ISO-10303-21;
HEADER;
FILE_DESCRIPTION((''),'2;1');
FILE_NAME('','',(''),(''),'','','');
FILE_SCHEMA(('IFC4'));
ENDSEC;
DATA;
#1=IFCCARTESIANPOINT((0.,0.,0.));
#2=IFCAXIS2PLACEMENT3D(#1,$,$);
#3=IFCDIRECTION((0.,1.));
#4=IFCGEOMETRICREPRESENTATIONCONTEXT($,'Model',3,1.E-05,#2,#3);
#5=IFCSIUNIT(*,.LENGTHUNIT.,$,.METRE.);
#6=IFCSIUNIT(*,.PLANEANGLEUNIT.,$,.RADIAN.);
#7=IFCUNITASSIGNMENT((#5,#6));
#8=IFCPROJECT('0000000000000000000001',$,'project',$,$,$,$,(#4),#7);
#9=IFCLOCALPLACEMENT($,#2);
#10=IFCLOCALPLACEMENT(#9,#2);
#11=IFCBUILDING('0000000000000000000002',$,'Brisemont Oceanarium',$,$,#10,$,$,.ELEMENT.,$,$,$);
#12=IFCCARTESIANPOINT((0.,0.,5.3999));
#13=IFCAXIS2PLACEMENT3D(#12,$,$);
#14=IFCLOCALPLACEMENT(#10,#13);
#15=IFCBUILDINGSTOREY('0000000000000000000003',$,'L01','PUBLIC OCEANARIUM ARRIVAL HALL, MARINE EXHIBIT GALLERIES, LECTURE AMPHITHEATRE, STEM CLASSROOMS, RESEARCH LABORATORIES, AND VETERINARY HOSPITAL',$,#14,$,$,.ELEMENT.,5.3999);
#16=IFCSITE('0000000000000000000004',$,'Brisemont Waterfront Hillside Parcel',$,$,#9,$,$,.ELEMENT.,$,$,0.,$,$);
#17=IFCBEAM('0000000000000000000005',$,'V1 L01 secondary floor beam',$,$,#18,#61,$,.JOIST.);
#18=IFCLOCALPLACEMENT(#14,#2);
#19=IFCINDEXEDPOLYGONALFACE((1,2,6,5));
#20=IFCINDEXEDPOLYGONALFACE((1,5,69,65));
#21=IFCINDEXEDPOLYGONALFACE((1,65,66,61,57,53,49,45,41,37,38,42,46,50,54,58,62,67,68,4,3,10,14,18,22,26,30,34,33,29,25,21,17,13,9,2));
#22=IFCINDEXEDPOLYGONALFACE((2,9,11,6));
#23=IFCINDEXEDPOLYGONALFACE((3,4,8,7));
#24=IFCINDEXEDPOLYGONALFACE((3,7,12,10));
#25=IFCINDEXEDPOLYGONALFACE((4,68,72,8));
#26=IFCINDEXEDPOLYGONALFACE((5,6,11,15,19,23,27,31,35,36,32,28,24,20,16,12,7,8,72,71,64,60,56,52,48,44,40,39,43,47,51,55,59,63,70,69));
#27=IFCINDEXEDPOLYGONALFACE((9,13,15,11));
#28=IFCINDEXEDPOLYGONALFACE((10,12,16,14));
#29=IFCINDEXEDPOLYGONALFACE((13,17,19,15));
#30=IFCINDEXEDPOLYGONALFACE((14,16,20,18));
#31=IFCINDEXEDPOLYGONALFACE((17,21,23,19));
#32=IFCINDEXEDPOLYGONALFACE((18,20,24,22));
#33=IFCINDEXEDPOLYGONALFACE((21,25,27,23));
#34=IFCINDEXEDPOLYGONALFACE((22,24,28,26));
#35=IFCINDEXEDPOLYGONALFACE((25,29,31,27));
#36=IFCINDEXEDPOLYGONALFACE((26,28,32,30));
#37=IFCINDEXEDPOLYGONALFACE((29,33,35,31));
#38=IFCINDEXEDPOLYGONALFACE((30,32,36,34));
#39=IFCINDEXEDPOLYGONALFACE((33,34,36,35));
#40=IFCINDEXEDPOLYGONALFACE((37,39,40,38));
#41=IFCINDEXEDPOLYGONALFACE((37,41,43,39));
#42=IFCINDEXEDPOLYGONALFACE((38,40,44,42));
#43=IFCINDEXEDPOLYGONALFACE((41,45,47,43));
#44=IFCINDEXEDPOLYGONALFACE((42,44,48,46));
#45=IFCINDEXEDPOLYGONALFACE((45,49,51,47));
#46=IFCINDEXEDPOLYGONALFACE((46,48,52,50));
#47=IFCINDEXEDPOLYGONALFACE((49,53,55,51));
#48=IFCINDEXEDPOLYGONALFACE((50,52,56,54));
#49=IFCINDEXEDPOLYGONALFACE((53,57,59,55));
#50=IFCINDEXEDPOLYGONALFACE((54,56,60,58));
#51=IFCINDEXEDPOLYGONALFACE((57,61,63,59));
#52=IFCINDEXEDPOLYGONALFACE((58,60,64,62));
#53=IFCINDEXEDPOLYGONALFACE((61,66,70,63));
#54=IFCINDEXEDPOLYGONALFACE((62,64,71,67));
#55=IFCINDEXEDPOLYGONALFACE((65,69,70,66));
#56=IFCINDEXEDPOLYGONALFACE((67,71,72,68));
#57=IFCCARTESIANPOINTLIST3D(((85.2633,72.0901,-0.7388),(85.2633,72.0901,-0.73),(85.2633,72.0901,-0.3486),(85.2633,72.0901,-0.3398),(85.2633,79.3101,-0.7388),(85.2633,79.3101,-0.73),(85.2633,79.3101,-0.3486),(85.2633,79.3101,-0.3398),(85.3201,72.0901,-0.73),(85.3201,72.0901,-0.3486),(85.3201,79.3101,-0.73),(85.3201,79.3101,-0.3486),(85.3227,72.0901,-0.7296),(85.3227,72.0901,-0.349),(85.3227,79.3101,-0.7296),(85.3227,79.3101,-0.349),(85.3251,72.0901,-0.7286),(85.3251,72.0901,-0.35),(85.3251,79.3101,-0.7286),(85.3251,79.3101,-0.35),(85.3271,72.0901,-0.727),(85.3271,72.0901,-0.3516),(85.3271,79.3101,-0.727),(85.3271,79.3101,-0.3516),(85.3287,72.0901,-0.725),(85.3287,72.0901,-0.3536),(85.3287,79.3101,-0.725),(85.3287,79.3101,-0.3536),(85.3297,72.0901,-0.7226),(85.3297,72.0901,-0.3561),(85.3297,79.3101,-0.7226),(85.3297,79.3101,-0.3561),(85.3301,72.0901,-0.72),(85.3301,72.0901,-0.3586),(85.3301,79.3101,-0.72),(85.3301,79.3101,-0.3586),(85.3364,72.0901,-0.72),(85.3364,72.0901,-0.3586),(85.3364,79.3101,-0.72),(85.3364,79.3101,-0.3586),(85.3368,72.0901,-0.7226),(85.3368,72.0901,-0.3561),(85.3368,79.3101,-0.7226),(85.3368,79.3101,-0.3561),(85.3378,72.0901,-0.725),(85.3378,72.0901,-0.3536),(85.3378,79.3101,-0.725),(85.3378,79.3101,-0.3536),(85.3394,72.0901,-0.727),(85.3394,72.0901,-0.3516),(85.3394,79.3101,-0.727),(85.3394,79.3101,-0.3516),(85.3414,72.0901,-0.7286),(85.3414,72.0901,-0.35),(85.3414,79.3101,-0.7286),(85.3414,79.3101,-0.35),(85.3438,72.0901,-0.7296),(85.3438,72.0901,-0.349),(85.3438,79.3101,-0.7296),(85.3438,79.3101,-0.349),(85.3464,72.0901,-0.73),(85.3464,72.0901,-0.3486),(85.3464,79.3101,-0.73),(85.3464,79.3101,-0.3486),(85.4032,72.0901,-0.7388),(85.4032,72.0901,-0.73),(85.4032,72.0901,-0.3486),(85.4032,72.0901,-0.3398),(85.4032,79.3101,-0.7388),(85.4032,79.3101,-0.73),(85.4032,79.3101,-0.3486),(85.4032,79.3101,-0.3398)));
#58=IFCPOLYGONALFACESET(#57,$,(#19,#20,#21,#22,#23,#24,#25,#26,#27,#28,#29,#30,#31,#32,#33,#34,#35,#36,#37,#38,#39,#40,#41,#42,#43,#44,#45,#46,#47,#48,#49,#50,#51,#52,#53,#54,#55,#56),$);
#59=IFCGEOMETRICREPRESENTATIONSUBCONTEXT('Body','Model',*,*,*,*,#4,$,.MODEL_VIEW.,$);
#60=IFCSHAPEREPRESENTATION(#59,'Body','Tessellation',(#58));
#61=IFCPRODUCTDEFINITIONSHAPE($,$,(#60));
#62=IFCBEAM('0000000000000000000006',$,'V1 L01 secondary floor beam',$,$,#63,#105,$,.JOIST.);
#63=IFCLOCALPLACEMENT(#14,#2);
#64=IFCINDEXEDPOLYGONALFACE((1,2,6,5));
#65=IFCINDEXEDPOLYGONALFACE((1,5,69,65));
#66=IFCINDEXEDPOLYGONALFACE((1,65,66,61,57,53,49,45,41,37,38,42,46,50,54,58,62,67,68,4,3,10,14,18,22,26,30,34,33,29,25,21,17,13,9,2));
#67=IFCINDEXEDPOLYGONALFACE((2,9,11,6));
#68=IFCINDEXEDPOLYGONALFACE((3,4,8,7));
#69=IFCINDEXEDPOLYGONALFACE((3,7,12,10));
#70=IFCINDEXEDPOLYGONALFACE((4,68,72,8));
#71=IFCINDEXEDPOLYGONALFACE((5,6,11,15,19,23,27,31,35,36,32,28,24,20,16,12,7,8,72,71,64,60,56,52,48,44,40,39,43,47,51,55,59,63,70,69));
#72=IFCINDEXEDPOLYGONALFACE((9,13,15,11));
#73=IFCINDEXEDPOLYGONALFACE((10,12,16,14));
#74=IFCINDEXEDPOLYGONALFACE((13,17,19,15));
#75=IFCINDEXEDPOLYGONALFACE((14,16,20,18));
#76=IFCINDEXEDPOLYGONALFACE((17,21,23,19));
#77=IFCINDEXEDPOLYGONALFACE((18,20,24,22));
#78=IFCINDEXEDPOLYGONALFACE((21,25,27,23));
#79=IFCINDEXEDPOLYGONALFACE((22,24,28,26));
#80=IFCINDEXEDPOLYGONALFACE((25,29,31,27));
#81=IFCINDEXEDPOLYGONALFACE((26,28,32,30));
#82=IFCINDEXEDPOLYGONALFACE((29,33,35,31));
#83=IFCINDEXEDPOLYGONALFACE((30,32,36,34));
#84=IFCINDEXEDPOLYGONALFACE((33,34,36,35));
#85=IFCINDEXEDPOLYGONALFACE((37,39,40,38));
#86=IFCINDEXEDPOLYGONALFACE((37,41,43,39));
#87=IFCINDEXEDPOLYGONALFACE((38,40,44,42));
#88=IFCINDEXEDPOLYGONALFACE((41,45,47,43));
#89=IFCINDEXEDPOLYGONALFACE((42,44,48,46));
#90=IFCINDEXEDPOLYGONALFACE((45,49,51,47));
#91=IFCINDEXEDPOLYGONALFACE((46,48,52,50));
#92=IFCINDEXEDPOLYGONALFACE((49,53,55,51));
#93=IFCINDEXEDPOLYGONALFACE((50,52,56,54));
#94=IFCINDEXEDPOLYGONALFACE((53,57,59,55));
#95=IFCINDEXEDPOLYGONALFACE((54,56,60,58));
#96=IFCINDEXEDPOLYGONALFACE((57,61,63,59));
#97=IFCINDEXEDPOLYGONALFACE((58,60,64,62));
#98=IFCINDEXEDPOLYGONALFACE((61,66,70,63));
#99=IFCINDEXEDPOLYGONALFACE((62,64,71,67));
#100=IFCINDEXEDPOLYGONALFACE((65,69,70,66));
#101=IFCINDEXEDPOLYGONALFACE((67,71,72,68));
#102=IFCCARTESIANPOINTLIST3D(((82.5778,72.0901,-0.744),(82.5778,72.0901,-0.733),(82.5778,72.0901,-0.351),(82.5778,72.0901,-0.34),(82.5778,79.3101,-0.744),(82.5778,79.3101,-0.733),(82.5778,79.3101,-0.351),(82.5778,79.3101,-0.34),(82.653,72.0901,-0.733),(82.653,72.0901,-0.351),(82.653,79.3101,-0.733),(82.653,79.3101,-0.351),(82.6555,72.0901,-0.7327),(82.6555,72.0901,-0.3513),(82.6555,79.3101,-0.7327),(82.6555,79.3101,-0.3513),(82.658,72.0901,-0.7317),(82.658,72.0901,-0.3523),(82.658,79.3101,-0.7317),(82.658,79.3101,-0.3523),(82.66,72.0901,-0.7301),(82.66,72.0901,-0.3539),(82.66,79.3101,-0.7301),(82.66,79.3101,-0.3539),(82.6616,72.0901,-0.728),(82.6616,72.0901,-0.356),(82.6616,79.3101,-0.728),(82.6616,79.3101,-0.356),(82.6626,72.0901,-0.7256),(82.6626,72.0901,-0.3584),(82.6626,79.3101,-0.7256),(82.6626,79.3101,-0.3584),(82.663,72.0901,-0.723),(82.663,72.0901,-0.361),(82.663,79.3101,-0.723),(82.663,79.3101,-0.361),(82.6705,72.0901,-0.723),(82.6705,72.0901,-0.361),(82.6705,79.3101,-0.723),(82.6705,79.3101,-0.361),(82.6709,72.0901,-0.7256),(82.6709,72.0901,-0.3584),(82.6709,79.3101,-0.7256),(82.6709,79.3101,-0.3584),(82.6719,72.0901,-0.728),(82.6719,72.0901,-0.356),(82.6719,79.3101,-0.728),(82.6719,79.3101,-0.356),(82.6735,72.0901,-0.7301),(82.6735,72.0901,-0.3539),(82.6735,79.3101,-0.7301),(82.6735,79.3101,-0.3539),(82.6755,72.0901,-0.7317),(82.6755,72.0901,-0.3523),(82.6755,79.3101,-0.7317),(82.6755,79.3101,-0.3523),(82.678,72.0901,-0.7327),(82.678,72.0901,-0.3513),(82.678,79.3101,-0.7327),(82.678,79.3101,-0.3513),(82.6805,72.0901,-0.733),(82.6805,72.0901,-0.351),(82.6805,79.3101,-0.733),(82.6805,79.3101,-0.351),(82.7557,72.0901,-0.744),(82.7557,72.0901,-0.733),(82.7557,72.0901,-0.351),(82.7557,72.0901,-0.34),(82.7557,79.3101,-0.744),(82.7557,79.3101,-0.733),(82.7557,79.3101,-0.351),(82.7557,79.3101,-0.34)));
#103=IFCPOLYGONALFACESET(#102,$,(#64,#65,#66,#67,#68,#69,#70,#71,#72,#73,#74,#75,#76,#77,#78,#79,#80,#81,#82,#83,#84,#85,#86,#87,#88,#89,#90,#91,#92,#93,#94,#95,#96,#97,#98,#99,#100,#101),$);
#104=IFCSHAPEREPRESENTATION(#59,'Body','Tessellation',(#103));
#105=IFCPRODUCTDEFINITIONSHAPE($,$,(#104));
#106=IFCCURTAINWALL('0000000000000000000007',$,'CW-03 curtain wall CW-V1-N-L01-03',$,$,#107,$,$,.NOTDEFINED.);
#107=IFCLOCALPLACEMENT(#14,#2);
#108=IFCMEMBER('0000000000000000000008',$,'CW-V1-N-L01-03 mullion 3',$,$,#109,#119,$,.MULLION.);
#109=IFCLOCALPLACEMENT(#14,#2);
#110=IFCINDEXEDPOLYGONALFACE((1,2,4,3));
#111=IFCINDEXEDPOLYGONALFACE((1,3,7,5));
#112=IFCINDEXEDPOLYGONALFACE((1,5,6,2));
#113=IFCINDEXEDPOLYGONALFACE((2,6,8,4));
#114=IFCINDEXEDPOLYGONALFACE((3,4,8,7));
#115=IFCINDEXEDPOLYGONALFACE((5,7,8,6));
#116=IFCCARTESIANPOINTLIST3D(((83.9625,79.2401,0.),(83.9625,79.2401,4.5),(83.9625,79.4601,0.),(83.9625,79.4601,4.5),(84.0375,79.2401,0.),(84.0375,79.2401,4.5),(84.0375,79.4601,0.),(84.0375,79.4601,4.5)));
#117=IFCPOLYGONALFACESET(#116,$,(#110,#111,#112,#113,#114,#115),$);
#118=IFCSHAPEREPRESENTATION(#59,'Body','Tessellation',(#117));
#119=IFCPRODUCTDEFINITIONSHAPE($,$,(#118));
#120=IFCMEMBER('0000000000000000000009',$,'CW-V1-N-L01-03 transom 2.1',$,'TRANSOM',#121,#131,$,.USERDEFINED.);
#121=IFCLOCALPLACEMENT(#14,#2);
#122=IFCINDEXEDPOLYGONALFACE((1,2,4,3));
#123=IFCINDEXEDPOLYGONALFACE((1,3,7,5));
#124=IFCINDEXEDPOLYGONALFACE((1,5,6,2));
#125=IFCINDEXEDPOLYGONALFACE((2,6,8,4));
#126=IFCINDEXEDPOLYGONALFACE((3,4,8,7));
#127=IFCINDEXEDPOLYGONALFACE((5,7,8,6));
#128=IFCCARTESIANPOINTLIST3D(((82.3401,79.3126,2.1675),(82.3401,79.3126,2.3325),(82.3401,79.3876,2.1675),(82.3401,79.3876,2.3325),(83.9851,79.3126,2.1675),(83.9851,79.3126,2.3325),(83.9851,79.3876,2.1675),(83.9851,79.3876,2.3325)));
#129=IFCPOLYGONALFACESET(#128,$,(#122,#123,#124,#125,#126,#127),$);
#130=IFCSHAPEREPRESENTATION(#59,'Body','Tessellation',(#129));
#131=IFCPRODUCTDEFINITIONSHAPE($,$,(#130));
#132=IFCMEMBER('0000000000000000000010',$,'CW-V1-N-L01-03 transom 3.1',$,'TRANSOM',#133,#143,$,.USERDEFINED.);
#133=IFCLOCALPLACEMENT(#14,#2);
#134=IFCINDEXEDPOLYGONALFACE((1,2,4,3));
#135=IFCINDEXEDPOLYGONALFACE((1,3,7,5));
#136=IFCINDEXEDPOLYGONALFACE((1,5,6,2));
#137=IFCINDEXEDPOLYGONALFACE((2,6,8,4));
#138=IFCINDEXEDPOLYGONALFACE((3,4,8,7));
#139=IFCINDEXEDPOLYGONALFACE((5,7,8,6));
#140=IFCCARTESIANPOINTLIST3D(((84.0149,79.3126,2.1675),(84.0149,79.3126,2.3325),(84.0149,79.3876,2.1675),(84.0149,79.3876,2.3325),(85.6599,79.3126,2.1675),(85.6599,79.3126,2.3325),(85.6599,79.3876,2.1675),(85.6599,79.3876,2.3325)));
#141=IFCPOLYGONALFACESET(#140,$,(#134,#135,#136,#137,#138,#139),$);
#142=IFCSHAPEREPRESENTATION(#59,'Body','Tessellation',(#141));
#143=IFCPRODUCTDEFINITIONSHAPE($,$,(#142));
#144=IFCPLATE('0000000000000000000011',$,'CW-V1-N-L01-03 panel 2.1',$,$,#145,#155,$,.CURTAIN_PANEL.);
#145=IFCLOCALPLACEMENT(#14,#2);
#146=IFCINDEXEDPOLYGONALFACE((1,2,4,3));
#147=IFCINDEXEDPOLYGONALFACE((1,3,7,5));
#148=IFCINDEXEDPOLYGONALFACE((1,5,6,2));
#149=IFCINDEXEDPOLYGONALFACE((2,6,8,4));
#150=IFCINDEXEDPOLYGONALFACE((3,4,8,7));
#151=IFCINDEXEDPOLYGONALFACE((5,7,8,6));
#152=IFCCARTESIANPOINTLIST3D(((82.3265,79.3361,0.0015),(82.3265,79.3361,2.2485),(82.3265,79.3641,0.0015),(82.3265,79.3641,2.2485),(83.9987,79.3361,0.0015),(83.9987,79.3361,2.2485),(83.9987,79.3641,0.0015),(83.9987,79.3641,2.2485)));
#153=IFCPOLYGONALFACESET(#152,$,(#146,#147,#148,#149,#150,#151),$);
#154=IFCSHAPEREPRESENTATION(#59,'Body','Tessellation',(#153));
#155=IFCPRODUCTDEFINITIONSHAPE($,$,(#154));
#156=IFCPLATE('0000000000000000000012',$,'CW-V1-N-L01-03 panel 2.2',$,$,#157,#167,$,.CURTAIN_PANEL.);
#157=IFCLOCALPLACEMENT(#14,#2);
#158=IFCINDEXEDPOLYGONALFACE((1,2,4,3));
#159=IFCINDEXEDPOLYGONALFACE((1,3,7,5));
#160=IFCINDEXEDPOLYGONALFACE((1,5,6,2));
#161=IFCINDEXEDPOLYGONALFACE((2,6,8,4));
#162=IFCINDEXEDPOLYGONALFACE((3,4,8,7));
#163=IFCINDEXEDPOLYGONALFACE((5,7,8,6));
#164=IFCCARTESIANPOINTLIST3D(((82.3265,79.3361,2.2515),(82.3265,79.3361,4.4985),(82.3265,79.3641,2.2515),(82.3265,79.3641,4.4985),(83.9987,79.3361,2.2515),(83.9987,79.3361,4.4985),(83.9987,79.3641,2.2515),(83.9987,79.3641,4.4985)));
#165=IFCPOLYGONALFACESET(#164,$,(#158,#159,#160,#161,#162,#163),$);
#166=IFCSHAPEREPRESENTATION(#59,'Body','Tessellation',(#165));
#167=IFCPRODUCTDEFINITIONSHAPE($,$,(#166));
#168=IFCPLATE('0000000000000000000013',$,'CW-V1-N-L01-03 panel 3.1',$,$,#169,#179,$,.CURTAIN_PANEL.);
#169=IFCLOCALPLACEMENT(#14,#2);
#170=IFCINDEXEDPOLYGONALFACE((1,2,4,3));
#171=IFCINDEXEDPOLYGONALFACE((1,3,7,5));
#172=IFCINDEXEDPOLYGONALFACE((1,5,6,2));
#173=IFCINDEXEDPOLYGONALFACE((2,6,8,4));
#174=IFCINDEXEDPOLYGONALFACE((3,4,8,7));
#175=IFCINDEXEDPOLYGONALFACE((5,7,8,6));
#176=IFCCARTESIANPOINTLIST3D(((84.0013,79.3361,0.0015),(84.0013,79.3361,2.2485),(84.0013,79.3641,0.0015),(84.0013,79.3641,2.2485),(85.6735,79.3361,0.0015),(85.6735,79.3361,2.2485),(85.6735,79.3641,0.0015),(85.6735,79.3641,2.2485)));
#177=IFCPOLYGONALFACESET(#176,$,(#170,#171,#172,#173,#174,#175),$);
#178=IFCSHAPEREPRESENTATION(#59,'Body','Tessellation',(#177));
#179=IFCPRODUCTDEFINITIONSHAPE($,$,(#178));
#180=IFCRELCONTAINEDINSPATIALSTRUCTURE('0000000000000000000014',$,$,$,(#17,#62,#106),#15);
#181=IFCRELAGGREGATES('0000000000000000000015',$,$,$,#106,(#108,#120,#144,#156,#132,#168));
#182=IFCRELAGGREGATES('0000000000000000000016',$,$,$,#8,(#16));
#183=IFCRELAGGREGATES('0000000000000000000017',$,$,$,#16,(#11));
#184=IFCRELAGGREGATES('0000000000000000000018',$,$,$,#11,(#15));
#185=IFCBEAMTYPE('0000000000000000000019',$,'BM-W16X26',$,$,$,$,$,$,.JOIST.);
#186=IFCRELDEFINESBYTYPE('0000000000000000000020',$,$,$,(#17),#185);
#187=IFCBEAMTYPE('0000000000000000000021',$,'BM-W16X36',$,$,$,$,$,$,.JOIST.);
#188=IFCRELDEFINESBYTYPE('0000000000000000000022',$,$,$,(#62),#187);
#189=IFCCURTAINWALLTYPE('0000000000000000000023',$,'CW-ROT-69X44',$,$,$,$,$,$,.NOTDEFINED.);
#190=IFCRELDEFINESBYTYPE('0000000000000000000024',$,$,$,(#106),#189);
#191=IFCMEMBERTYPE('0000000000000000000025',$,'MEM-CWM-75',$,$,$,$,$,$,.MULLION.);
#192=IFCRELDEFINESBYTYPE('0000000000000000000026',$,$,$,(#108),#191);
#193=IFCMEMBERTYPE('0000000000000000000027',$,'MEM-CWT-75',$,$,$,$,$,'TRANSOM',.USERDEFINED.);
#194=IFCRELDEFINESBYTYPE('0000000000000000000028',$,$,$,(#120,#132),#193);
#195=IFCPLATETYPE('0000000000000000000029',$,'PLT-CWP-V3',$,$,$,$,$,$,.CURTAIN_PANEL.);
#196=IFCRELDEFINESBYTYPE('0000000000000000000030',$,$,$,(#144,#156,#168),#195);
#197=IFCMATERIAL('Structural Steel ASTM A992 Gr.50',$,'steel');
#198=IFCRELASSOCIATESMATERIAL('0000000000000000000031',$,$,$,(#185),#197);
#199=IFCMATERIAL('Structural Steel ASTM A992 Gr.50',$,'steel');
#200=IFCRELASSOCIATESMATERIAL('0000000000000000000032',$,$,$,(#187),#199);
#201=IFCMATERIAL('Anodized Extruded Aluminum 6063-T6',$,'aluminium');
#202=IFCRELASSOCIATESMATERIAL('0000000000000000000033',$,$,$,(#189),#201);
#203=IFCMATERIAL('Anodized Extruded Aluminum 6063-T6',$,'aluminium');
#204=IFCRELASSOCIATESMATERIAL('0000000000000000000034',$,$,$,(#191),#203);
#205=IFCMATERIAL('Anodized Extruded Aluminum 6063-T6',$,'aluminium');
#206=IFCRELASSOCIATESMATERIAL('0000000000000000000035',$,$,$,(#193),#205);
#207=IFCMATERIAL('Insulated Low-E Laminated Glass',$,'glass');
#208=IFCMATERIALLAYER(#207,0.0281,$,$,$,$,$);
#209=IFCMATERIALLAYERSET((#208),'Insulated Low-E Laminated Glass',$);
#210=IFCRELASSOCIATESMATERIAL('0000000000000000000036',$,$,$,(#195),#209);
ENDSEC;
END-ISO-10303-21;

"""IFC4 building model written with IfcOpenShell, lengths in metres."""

from ifc_helpers import new_model, si_unit, direction, frame, origin, origin_2d, place, context, subcontext, project, spatial, rectangle, i_section, extrude, material, layer, layer_set, material_profile, profile_set, type_object, element, aggregate, save


model = new_model("IFC4")

# Units and contexts
model_context = context("Model", 3, precision=1e-05, world=origin(), true_north=direction((0.0, 1.0)))
body_context = subcontext(model_context, "Body", "Model", "MODEL_VIEW")
ifc_project = project(units=[si_unit("LENGTHUNIT", "METRE"), si_unit("PLANEANGLEUNIT", "RADIAN")], contexts=[model_context])

# Site, building, storey
site_placement = place(None, origin())
site = spatial("IfcSite", under=ifc_project, at=site_placement, Name="Brisemont Waterfront Hillside Parcel", CompositionType="ELEMENT", RefElevation=0.0)
building_placement = place(site_placement, origin())
building = spatial("IfcBuilding", under=site, at=building_placement, Name="Brisemont Oceanarium", CompositionType="ELEMENT")
storey_placement = place(building_placement, frame((0.0, 0.0, 5.3999)))
storey = spatial("IfcBuildingStorey", under=building, at=storey_placement, Name="L01", Description="PUBLIC OCEANARIUM ARRIVAL HALL, MARINE EXHIBIT GALLERIES, LECTURE AMPHITHEATRE, STEM CLASSROOMS, RESEARCH LABORATORIES, AND VETERINARY HOSPITAL", CompositionType="ELEMENT", Elevation=5.3999)

# Beams
ifc_material_1 = material(Name="Structural Steel ASTM A992 Gr.50", Category="steel")
ifc_material_profile_1 = material_profile(ifc_material_1, i_section(OverallWidth=0.1399, OverallDepth=0.3989, WebThickness=0.0063, FlangeThickness=0.0088, FilletRadius=0.01, at=origin_2d()), Name="W16X26")
ifc_profile_set_1 = profile_set([ifc_material_profile_1], Name="Structural Steel ASTM A992 Gr.50")
beam_type_1 = type_object("IfcBeamType", Name="BM-W16X26", PredefinedType="JOIST", material=ifc_profile_set_1)
beam_1_placement = place(storey_placement, frame((85.3333, 72.0901, -0.5393), z_axis=(0.0, 1.0, 0.0), x_axis=(-1.0, 0.0, 0.0)))
element("IfcBeam", 1, at=beam_1_placement, inside=storey, type_object=beam_type_1, Name="V1 L01 secondary floor beam", PredefinedType="JOIST", context=body_context, shape_type="SweptSolid", body=[
    extrude(i_section(OverallWidth=0.1399, OverallDepth=0.3989, WebThickness=0.0063, FlangeThickness=0.0088, FilletRadius=0.01, at=origin_2d()), origin(), (0.0, 0.0, 1.0), 7.22),
])
ifc_material_2 = material(Name="Structural Steel ASTM A992 Gr.50", Category="steel")
ifc_material_profile_2 = material_profile(ifc_material_2, i_section(OverallWidth=0.178, OverallDepth=0.4041, WebThickness=0.0076, FlangeThickness=0.011, FilletRadius=0.01, at=origin_2d()), Name="W16X36")
ifc_profile_set_2 = profile_set([ifc_material_profile_2], Name="Structural Steel ASTM A992 Gr.50")
beam_type_2 = type_object("IfcBeamType", Name="BM-W16X36", PredefinedType="JOIST", material=ifc_profile_set_2)
beam_2_placement = place(storey_placement, frame((82.6667, 72.0901, -0.542), z_axis=(0.0, 1.0, 0.0), x_axis=(-1.0, 0.0, 0.0)))
element("IfcBeam", 2, at=beam_2_placement, inside=storey, type_object=beam_type_2, Name="V1 L01 secondary floor beam", PredefinedType="JOIST", context=body_context, shape_type="SweptSolid", body=[
    extrude(i_section(OverallWidth=0.178, OverallDepth=0.4041, WebThickness=0.0076, FlangeThickness=0.011, FilletRadius=0.01, at=origin_2d()), origin(), (0.0, 0.0, 1.0), 7.22),
])

# Curtain wall, members, plates
ifc_material_3 = material(Name="Anodized Extruded Aluminum 6063-T6", Category="aluminium")
curtain_wall_type = type_object("IfcCurtainWallType", Name="CW-ROT-69X44", PredefinedType="NOTDEFINED", material=ifc_material_3)
curtain_wall_placement = place(storey_placement, origin())
curtain_wall = element("IfcCurtainWall", 3, at=curtain_wall_placement, inside=storey, type_object=curtain_wall_type, Name="CW-03 curtain wall CW-V1-N-L01-03", PredefinedType="NOTDEFINED")
ifc_material_4 = material(Name="Anodized Extruded Aluminum 6063-T6", Category="aluminium")
ifc_material_profile_3 = material_profile(ifc_material_4, rectangle(XDim=0.075, YDim=0.22, at=origin_2d()), Name="CWM-75X220")
ifc_profile_set_3 = profile_set([ifc_material_profile_3], Name="Anodized Extruded Aluminum 6063-T6")
member_type_1 = type_object("IfcMemberType", Name="MEM-CWM-75", PredefinedType="MULLION", material=ifc_profile_set_3)
member_1_placement = place(storey_placement, frame((84.0, 79.3501, 0.0), z_axis=(0.0, 0.0, 1.0), x_axis=(1.0, 0.0, 0.0)))
member_1 = element("IfcMember", 4, at=member_1_placement, type_object=member_type_1, Name="CW-V1-N-L01-03 mullion 3", PredefinedType="MULLION", context=body_context, shape_type="SweptSolid", body=[
    extrude(rectangle(XDim=0.075, YDim=0.22, at=origin_2d()), origin(), (0.0, 0.0, 1.0), 4.5),
])
ifc_material_5 = material(Name="Anodized Extruded Aluminum 6063-T6", Category="aluminium")
ifc_material_profile_4 = material_profile(ifc_material_5, rectangle(XDim=0.075, YDim=0.165, at=origin_2d()), Name="CWT-75X165")
ifc_profile_set_4 = profile_set([ifc_material_profile_4], Name="Anodized Extruded Aluminum 6063-T6")
member_type_2 = type_object("IfcMemberType", Name="MEM-CWT-75", ElementType="TRANSOM", PredefinedType="USERDEFINED", material=ifc_profile_set_4)
member_2_placement = place(storey_placement, frame((82.3401, 79.3501, 2.25), z_axis=(1.0, 0.0, 0.0), x_axis=(0.0, 1.0, 0.0)))
member_2 = element("IfcMember", 5, at=member_2_placement, type_object=member_type_2, Name="CW-V1-N-L01-03 transom 2.1", ObjectType="TRANSOM", PredefinedType="USERDEFINED", context=body_context, shape_type="SweptSolid", body=[
    extrude(rectangle(XDim=0.075, YDim=0.165, at=origin_2d()), origin(), (0.0, 0.0, 1.0), 1.645),
])
member_3_placement = place(storey_placement, frame((84.0149, 79.3501, 2.25), z_axis=(1.0, 0.0, 0.0), x_axis=(0.0, 1.0, 0.0)))
member_3 = element("IfcMember", 6, at=member_3_placement, type_object=member_type_2, Name="CW-V1-N-L01-03 transom 3.1", ObjectType="TRANSOM", PredefinedType="USERDEFINED", context=body_context, shape_type="SweptSolid", body=[
    extrude(rectangle(XDim=0.075, YDim=0.165, at=origin_2d()), origin(), (0.0, 0.0, 1.0), 1.645),
])
ifc_material_6 = material(Name="Insulated Low-E Laminated Glass", Category="glass")
ifc_layer_1 = layer(ifc_material_6, 0.0281)
ifc_layer_set_1 = layer_set([ifc_layer_1], Name="Insulated Low-E Laminated Glass")
plate_type = type_object("IfcPlateType", Name="PLT-CWP-V3", PredefinedType="CURTAIN_PANEL", material=ifc_layer_set_1)
plate_1_placement = place(storey_placement, frame((83.1626, 79.3501, 0.0015), z_axis=(0.0, 0.0, 1.0), x_axis=(1.0, 0.0, 0.0)))
plate_1 = element("IfcPlate", 7, at=plate_1_placement, type_object=plate_type, Name="CW-V1-N-L01-03 panel 2.1", PredefinedType="CURTAIN_PANEL", context=body_context, shape_type="SweptSolid", body=[
    extrude(rectangle(XDim=1.6721, YDim=0.0281, at=origin_2d()), origin(), (0.0, 0.0, 1.0), 2.2471),
])
plate_2_placement = place(storey_placement, frame((83.1626, 79.3501, 2.2515), z_axis=(0.0, 0.0, 1.0), x_axis=(1.0, 0.0, 0.0)))
plate_2 = element("IfcPlate", 8, at=plate_2_placement, type_object=plate_type, Name="CW-V1-N-L01-03 panel 2.2", PredefinedType="CURTAIN_PANEL", context=body_context, shape_type="SweptSolid", body=[
    extrude(rectangle(XDim=1.6721, YDim=0.0281, at=origin_2d()), origin(), (0.0, 0.0, 1.0), 2.2471),
])
plate_3_placement = place(storey_placement, frame((84.8374, 79.3501, 0.0015), z_axis=(0.0, 0.0, 1.0), x_axis=(1.0, 0.0, 0.0)))
plate_3 = element("IfcPlate", 9, at=plate_3_placement, type_object=plate_type, Name="CW-V1-N-L01-03 panel 3.1", PredefinedType="CURTAIN_PANEL", context=body_context, shape_type="SweptSolid", body=[
    extrude(rectangle(XDim=1.6721, YDim=0.0281, at=origin_2d()), origin(), (0.0, 0.0, 1.0), 2.2471),
])
aggregate(curtain_wall, [member_1, member_2, plate_1, plate_2, member_3, plate_3])

save(model, "model.ifc")
